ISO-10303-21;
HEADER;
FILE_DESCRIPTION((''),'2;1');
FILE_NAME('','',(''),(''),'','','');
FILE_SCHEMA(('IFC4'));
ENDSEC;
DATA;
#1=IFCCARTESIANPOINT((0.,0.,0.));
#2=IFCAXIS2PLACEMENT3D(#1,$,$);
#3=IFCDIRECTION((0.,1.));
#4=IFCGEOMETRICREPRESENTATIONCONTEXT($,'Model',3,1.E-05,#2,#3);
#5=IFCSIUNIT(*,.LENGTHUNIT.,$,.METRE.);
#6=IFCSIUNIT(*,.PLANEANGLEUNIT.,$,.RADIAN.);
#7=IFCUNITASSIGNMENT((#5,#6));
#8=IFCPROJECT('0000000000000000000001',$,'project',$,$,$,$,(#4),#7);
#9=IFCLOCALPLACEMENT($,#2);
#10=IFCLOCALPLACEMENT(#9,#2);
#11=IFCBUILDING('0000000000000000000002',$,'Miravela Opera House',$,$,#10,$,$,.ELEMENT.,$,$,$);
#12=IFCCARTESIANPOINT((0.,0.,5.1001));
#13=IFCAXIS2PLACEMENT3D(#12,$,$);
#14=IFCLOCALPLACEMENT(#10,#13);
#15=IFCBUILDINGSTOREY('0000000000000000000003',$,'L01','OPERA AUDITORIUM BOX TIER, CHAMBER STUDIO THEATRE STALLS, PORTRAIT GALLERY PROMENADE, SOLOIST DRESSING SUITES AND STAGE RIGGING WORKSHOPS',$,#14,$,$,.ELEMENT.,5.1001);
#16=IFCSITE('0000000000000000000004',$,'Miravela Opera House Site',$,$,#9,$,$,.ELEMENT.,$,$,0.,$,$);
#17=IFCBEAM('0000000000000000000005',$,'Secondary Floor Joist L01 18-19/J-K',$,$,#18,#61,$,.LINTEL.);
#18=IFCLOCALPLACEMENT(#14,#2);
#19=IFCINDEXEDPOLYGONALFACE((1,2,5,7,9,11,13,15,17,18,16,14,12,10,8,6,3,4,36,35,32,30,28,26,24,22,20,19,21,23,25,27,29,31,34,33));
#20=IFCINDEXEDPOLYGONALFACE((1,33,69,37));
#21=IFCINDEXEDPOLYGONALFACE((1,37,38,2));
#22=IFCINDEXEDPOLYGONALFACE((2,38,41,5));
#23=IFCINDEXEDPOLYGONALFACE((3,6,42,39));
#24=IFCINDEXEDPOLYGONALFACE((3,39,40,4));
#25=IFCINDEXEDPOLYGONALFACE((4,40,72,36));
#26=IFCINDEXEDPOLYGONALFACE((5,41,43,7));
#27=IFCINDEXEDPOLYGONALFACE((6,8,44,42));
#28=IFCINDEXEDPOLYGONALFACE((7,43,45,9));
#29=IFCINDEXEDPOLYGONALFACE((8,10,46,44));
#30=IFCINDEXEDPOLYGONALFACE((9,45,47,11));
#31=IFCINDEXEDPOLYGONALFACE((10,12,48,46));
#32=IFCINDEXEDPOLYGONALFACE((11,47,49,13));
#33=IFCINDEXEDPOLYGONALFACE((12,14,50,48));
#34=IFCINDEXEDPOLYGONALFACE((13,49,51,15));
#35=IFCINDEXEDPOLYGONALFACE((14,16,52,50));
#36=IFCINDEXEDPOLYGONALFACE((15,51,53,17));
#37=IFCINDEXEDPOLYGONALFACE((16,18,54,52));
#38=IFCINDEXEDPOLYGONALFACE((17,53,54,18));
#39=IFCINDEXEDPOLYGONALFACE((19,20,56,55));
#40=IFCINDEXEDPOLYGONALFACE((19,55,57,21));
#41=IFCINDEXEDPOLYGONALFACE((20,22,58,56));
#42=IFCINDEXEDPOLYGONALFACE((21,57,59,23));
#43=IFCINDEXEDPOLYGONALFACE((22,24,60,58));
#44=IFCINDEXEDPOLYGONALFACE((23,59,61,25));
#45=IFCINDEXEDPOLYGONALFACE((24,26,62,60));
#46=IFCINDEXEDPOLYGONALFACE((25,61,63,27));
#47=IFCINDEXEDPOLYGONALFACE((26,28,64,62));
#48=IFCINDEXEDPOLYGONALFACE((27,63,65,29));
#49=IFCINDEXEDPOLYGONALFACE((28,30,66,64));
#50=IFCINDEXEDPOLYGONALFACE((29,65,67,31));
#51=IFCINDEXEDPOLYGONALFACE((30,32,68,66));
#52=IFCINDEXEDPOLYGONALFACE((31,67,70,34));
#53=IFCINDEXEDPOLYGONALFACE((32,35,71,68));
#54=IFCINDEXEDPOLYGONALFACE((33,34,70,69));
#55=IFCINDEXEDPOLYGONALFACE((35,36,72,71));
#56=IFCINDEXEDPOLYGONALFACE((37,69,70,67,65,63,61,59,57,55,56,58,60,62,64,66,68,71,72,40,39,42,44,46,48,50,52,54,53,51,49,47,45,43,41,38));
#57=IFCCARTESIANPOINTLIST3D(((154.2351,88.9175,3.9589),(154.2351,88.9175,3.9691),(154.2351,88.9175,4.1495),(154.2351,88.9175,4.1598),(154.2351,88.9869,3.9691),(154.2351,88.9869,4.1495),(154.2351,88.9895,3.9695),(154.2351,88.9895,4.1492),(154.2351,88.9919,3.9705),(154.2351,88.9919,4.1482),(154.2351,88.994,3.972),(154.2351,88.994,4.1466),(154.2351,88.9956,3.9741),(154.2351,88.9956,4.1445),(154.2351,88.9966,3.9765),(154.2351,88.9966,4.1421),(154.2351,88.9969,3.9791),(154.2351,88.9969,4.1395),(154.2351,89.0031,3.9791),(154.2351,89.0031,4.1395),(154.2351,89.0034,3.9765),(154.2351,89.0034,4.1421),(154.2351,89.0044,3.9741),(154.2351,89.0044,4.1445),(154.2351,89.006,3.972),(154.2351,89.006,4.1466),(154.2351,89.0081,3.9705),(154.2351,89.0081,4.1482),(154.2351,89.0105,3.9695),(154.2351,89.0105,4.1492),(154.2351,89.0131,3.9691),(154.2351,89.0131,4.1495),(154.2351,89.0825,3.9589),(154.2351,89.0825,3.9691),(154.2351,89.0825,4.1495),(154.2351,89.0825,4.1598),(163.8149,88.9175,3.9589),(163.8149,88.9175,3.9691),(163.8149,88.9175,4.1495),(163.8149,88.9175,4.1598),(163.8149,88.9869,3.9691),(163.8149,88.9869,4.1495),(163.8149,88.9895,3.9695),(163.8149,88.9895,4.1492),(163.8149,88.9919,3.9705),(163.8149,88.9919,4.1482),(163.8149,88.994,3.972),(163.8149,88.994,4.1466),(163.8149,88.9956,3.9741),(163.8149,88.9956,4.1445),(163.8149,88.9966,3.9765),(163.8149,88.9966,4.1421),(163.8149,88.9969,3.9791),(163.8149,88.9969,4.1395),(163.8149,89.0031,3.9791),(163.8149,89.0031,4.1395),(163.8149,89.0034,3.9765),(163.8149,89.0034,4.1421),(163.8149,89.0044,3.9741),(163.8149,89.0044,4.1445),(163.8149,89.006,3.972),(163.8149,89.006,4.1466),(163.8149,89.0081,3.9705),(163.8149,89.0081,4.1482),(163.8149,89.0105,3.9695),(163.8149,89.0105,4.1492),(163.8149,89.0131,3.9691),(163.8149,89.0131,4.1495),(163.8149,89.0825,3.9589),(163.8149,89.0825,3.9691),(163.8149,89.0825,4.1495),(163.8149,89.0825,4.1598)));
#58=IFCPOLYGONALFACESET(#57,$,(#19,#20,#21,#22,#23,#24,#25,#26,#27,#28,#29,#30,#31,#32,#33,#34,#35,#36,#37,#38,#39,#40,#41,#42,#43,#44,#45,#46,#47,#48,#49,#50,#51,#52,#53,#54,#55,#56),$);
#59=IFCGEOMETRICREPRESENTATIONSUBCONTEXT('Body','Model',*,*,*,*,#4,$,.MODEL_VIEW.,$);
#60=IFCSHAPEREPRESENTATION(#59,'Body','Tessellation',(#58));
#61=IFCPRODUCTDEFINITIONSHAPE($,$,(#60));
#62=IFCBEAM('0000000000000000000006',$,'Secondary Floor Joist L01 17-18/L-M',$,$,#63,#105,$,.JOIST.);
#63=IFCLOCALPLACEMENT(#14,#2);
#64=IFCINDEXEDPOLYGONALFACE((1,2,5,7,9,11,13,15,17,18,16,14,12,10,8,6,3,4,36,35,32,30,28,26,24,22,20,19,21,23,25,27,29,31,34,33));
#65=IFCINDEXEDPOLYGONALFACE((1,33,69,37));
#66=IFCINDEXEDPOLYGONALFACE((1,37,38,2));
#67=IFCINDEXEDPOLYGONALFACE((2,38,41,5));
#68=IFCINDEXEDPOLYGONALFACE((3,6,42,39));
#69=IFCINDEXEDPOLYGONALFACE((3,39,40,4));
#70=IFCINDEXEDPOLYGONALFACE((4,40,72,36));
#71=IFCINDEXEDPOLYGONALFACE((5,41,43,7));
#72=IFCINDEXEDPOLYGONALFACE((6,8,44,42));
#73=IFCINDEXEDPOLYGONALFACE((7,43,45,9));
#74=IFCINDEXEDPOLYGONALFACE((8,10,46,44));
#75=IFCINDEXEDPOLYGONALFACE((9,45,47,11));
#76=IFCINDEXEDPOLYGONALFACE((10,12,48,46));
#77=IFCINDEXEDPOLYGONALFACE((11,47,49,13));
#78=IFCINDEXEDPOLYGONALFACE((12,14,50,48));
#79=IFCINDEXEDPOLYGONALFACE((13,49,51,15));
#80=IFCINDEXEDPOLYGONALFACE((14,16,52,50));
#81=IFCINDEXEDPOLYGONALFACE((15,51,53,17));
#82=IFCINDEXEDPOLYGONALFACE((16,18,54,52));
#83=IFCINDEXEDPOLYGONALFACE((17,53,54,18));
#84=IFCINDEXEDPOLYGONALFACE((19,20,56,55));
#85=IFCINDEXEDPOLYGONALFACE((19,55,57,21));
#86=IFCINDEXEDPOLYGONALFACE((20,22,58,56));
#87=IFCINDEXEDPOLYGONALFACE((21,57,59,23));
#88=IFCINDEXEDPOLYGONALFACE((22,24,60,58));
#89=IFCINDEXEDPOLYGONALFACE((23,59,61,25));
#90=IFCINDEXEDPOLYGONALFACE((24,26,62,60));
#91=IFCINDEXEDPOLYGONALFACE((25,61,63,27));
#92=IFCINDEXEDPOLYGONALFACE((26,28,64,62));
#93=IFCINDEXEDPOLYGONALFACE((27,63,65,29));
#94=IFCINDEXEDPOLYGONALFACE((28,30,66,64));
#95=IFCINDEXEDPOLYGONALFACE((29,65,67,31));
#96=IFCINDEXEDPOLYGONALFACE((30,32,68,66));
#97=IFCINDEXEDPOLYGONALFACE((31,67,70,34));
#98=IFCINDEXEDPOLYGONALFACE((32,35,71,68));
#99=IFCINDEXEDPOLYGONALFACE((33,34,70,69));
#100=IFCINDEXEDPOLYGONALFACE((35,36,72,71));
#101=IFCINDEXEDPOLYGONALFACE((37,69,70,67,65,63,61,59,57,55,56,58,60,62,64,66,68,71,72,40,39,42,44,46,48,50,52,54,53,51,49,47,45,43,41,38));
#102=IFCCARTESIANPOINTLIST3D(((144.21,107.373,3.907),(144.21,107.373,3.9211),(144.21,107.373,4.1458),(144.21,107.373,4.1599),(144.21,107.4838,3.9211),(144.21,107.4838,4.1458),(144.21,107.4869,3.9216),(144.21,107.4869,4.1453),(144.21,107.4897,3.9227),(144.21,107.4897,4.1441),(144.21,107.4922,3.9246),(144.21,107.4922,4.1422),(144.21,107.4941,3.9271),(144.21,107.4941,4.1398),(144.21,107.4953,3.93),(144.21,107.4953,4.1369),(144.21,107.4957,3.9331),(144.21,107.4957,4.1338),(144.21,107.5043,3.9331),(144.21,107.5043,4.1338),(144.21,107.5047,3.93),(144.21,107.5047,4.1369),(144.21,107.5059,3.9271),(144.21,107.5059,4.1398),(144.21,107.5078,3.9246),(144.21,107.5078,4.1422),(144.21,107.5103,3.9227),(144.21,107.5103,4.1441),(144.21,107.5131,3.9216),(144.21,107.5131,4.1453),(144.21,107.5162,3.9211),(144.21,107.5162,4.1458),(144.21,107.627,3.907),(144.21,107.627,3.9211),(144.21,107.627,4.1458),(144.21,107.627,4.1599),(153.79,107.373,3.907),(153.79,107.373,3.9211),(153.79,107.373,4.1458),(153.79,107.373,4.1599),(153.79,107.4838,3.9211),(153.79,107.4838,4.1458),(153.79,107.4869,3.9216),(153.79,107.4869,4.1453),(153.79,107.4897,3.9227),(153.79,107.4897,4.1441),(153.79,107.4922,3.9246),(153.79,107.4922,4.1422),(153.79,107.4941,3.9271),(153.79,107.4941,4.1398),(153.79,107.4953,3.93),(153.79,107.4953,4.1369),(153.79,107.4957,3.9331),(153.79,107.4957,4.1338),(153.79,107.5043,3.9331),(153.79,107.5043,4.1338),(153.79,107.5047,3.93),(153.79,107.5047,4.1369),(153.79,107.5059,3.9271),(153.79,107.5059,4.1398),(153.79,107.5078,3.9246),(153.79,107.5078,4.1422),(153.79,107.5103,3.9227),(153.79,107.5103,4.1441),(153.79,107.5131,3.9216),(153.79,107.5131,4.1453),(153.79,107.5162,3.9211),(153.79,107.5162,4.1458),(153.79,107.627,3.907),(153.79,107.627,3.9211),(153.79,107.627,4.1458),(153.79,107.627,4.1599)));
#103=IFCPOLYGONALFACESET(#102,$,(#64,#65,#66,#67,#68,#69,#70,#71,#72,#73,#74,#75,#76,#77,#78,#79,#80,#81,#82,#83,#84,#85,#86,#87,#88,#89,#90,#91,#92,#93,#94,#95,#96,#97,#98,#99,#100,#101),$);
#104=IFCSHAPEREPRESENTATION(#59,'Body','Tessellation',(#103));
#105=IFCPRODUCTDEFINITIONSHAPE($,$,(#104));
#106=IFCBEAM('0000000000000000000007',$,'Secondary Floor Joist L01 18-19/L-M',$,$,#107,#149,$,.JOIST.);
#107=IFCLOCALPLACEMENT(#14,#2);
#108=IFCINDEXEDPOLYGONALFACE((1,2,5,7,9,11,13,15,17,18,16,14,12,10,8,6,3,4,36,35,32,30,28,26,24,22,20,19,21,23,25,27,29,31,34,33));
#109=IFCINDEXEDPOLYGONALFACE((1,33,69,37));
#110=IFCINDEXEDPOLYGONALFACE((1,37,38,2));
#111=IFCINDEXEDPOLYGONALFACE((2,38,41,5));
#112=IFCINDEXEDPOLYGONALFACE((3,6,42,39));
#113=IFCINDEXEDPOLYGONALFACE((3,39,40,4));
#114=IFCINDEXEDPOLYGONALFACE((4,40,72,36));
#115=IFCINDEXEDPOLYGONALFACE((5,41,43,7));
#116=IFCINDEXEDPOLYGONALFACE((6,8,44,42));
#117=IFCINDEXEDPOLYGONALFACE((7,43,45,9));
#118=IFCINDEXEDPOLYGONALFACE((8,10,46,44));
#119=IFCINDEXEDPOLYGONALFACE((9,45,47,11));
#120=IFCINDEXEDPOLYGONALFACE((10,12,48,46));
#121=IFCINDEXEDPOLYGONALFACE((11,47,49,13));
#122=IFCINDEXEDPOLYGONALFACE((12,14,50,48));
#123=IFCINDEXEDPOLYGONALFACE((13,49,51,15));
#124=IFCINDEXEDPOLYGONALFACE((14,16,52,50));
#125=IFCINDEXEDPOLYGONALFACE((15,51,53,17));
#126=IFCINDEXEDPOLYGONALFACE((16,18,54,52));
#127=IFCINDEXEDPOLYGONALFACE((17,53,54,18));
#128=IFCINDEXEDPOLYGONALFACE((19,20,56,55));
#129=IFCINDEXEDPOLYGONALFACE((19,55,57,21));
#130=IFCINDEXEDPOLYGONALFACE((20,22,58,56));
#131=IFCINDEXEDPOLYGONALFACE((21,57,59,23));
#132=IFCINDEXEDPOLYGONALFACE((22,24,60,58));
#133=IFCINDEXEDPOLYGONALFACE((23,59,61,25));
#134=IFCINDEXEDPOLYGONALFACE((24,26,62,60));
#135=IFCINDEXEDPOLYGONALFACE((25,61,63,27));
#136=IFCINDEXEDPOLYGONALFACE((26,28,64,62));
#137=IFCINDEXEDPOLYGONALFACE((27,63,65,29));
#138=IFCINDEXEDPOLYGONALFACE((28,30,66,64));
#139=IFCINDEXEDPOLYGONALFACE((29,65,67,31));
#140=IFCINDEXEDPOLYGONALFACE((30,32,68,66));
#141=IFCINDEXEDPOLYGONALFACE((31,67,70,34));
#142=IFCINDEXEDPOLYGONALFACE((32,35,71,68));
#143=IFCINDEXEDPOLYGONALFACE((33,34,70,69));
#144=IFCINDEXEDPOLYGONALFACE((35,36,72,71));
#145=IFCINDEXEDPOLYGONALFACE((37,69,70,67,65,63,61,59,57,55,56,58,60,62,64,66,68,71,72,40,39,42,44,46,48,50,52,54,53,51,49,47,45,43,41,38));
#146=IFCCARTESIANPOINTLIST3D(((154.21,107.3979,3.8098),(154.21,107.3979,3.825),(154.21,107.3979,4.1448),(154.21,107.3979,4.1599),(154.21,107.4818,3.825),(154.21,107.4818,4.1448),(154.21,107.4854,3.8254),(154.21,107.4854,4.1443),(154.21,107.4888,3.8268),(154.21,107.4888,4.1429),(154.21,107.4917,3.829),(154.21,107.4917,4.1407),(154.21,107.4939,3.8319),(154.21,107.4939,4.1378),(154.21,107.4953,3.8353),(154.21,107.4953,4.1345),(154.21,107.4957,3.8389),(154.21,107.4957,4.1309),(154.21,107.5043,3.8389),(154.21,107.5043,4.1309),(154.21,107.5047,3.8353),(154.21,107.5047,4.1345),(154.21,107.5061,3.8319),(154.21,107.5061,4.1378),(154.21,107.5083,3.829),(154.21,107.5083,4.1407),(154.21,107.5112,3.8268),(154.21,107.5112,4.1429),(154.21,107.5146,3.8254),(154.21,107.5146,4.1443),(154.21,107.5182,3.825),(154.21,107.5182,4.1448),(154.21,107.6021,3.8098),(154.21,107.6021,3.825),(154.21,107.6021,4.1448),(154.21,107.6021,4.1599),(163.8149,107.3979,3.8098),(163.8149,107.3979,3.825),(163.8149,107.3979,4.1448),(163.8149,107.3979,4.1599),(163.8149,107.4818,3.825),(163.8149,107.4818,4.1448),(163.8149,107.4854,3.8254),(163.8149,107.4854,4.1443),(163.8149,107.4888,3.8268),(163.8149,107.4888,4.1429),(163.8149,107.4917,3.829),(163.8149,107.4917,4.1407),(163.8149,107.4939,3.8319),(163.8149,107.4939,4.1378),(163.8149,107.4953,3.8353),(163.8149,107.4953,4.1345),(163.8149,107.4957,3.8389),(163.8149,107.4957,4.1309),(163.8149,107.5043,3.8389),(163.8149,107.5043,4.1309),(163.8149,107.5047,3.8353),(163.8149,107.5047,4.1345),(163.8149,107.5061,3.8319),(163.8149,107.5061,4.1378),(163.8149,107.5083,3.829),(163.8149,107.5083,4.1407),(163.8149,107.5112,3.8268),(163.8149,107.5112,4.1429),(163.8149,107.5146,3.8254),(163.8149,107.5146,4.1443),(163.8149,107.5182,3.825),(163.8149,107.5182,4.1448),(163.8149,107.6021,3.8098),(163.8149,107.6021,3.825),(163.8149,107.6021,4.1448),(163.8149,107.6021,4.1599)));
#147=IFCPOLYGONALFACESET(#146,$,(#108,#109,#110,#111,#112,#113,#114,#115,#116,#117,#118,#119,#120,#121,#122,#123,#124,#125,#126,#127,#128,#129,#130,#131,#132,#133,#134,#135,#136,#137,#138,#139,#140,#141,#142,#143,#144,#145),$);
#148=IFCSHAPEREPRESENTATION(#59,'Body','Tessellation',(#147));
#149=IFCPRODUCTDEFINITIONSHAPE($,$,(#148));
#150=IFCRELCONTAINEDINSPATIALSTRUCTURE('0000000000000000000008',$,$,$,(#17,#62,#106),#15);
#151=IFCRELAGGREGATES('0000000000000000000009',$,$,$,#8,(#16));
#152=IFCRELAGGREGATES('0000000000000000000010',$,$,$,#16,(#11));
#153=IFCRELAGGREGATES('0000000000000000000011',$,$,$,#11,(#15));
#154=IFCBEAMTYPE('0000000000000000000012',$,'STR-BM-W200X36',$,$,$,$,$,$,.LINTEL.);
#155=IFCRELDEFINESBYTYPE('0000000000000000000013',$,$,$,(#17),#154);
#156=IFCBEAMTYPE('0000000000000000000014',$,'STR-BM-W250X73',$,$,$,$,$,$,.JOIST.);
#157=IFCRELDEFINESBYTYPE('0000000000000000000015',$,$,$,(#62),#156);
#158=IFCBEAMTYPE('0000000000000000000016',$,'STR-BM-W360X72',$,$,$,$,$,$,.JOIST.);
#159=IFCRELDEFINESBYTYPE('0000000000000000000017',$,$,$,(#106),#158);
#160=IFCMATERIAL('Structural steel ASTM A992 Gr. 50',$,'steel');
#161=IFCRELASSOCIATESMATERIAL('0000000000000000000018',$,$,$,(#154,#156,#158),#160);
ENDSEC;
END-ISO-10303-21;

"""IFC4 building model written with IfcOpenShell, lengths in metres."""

from ifc_helpers import new_model, si_unit, direction, frame, origin, origin_2d, place, context, subcontext, project, spatial, i_section, extrude, material, material_profile, profile_set, type_object, element, save


model = new_model("IFC4")

# Units and contexts
model_context = context("Model", 3, precision=1e-05, world=origin(), true_north=direction((0.0, 1.0)))
body_context = subcontext(model_context, "Body", "Model", "MODEL_VIEW")
ifc_project = project(units=[si_unit("LENGTHUNIT", "METRE"), si_unit("PLANEANGLEUNIT", "RADIAN")], contexts=[model_context])

# Site, building, storey
site_placement = place(None, origin())
site = spatial("IfcSite", under=ifc_project, at=site_placement, Name="Miravela Opera House Site", CompositionType="ELEMENT", RefElevation=0.0)
building_placement = place(site_placement, origin())
building = spatial("IfcBuilding", under=site, at=building_placement, Name="Miravela Opera House", CompositionType="ELEMENT")
storey_placement = place(building_placement, frame((0.0, 0.0, 5.1001)))
storey = spatial("IfcBuildingStorey", under=building, at=storey_placement, Name="L01", Description="OPERA AUDITORIUM BOX TIER, CHAMBER STUDIO THEATRE STALLS, PORTRAIT GALLERY PROMENADE, SOLOIST DRESSING SUITES AND STAGE RIGGING WORKSHOPS", CompositionType="ELEMENT", Elevation=5.1001)

# Beams
ifc_material_1 = material(Name="Structural steel ASTM A992 Gr. 50", Category="steel")
ifc_material_profile_1 = material_profile(ifc_material_1, i_section(OverallWidth=0.165, OverallDepth=0.2009, WebThickness=0.0061, FlangeThickness=0.0103, FilletRadius=0.01, at=origin_2d()), Name="W200X36")
ifc_profile_set_1 = profile_set([ifc_material_profile_1])
beam_type_1 = type_object("IfcBeamType", Name="STR-BM-W200X36", PredefinedType="LINTEL", material=ifc_profile_set_1)
beam_1_placement = place(storey_placement, frame((154.2351, 89.0, 4.0593), z_axis=(1.0, 0.0, 0.0), x_axis=(0.0, 1.0, 0.0)))
element("IfcBeam", 1, at=beam_1_placement, inside=storey, type_object=beam_type_1, Name="Secondary Floor Joist L01 18-19/J-K", PredefinedType="LINTEL", context=body_context, shape_type="SweptSolid", body=[
    extrude(i_section(OverallWidth=0.165, OverallDepth=0.2009, WebThickness=0.0061, FlangeThickness=0.0103, FilletRadius=0.01, at=origin_2d()), origin(), (0.0, 0.0, 1.0), 9.5798),
])
ifc_material_profile_2 = material_profile(ifc_material_1, i_section(OverallWidth=0.2539, OverallDepth=0.2529, WebThickness=0.0085, FlangeThickness=0.0142, FilletRadius=0.012, at=origin_2d()), Name="W250X73")
ifc_profile_set_2 = profile_set([ifc_material_profile_2])
beam_type_2 = type_object("IfcBeamType", Name="STR-BM-W250X73", PredefinedType="JOIST", material=ifc_profile_set_2)
beam_2_placement = place(storey_placement, frame((144.21, 107.5, 4.0334), z_axis=(1.0, 0.0, 0.0), x_axis=(0.0, 1.0, 0.0)))
element("IfcBeam", 2, at=beam_2_placement, inside=storey, type_object=beam_type_2, Name="Secondary Floor Joist L01 17-18/L-M", PredefinedType="JOIST", context=body_context, shape_type="SweptSolid", body=[
    extrude(i_section(OverallWidth=0.2539, OverallDepth=0.2529, WebThickness=0.0085, FlangeThickness=0.0142, FilletRadius=0.012, at=origin_2d()), origin(), (0.0, 0.0, 1.0), 9.5801),
])
ifc_material_profile_3 = material_profile(ifc_material_1, i_section(OverallWidth=0.2041, OverallDepth=0.3501, WebThickness=0.0085, FlangeThickness=0.0151, FilletRadius=0.0139, at=origin_2d()), Name="W360X72")
ifc_profile_set_3 = profile_set([ifc_material_profile_3])
beam_type_3 = type_object("IfcBeamType", Name="STR-BM-W360X72", PredefinedType="JOIST", material=ifc_profile_set_3)
beam_3_placement = place(storey_placement, frame((154.21, 107.5, 3.9849), z_axis=(1.0, 0.0, 0.0), x_axis=(0.0, 1.0, 0.0)))
element("IfcBeam", 3, at=beam_3_placement, inside=storey, type_object=beam_type_3, Name="Secondary Floor Joist L01 18-19/L-M", PredefinedType="JOIST", context=body_context, shape_type="SweptSolid", body=[
    extrude(i_section(OverallWidth=0.2041, OverallDepth=0.3501, WebThickness=0.0085, FlangeThickness=0.0151, FilletRadius=0.0139, at=origin_2d()), origin(), (0.0, 0.0, 1.0), 9.605),
])

save(model, "model.ifc")
